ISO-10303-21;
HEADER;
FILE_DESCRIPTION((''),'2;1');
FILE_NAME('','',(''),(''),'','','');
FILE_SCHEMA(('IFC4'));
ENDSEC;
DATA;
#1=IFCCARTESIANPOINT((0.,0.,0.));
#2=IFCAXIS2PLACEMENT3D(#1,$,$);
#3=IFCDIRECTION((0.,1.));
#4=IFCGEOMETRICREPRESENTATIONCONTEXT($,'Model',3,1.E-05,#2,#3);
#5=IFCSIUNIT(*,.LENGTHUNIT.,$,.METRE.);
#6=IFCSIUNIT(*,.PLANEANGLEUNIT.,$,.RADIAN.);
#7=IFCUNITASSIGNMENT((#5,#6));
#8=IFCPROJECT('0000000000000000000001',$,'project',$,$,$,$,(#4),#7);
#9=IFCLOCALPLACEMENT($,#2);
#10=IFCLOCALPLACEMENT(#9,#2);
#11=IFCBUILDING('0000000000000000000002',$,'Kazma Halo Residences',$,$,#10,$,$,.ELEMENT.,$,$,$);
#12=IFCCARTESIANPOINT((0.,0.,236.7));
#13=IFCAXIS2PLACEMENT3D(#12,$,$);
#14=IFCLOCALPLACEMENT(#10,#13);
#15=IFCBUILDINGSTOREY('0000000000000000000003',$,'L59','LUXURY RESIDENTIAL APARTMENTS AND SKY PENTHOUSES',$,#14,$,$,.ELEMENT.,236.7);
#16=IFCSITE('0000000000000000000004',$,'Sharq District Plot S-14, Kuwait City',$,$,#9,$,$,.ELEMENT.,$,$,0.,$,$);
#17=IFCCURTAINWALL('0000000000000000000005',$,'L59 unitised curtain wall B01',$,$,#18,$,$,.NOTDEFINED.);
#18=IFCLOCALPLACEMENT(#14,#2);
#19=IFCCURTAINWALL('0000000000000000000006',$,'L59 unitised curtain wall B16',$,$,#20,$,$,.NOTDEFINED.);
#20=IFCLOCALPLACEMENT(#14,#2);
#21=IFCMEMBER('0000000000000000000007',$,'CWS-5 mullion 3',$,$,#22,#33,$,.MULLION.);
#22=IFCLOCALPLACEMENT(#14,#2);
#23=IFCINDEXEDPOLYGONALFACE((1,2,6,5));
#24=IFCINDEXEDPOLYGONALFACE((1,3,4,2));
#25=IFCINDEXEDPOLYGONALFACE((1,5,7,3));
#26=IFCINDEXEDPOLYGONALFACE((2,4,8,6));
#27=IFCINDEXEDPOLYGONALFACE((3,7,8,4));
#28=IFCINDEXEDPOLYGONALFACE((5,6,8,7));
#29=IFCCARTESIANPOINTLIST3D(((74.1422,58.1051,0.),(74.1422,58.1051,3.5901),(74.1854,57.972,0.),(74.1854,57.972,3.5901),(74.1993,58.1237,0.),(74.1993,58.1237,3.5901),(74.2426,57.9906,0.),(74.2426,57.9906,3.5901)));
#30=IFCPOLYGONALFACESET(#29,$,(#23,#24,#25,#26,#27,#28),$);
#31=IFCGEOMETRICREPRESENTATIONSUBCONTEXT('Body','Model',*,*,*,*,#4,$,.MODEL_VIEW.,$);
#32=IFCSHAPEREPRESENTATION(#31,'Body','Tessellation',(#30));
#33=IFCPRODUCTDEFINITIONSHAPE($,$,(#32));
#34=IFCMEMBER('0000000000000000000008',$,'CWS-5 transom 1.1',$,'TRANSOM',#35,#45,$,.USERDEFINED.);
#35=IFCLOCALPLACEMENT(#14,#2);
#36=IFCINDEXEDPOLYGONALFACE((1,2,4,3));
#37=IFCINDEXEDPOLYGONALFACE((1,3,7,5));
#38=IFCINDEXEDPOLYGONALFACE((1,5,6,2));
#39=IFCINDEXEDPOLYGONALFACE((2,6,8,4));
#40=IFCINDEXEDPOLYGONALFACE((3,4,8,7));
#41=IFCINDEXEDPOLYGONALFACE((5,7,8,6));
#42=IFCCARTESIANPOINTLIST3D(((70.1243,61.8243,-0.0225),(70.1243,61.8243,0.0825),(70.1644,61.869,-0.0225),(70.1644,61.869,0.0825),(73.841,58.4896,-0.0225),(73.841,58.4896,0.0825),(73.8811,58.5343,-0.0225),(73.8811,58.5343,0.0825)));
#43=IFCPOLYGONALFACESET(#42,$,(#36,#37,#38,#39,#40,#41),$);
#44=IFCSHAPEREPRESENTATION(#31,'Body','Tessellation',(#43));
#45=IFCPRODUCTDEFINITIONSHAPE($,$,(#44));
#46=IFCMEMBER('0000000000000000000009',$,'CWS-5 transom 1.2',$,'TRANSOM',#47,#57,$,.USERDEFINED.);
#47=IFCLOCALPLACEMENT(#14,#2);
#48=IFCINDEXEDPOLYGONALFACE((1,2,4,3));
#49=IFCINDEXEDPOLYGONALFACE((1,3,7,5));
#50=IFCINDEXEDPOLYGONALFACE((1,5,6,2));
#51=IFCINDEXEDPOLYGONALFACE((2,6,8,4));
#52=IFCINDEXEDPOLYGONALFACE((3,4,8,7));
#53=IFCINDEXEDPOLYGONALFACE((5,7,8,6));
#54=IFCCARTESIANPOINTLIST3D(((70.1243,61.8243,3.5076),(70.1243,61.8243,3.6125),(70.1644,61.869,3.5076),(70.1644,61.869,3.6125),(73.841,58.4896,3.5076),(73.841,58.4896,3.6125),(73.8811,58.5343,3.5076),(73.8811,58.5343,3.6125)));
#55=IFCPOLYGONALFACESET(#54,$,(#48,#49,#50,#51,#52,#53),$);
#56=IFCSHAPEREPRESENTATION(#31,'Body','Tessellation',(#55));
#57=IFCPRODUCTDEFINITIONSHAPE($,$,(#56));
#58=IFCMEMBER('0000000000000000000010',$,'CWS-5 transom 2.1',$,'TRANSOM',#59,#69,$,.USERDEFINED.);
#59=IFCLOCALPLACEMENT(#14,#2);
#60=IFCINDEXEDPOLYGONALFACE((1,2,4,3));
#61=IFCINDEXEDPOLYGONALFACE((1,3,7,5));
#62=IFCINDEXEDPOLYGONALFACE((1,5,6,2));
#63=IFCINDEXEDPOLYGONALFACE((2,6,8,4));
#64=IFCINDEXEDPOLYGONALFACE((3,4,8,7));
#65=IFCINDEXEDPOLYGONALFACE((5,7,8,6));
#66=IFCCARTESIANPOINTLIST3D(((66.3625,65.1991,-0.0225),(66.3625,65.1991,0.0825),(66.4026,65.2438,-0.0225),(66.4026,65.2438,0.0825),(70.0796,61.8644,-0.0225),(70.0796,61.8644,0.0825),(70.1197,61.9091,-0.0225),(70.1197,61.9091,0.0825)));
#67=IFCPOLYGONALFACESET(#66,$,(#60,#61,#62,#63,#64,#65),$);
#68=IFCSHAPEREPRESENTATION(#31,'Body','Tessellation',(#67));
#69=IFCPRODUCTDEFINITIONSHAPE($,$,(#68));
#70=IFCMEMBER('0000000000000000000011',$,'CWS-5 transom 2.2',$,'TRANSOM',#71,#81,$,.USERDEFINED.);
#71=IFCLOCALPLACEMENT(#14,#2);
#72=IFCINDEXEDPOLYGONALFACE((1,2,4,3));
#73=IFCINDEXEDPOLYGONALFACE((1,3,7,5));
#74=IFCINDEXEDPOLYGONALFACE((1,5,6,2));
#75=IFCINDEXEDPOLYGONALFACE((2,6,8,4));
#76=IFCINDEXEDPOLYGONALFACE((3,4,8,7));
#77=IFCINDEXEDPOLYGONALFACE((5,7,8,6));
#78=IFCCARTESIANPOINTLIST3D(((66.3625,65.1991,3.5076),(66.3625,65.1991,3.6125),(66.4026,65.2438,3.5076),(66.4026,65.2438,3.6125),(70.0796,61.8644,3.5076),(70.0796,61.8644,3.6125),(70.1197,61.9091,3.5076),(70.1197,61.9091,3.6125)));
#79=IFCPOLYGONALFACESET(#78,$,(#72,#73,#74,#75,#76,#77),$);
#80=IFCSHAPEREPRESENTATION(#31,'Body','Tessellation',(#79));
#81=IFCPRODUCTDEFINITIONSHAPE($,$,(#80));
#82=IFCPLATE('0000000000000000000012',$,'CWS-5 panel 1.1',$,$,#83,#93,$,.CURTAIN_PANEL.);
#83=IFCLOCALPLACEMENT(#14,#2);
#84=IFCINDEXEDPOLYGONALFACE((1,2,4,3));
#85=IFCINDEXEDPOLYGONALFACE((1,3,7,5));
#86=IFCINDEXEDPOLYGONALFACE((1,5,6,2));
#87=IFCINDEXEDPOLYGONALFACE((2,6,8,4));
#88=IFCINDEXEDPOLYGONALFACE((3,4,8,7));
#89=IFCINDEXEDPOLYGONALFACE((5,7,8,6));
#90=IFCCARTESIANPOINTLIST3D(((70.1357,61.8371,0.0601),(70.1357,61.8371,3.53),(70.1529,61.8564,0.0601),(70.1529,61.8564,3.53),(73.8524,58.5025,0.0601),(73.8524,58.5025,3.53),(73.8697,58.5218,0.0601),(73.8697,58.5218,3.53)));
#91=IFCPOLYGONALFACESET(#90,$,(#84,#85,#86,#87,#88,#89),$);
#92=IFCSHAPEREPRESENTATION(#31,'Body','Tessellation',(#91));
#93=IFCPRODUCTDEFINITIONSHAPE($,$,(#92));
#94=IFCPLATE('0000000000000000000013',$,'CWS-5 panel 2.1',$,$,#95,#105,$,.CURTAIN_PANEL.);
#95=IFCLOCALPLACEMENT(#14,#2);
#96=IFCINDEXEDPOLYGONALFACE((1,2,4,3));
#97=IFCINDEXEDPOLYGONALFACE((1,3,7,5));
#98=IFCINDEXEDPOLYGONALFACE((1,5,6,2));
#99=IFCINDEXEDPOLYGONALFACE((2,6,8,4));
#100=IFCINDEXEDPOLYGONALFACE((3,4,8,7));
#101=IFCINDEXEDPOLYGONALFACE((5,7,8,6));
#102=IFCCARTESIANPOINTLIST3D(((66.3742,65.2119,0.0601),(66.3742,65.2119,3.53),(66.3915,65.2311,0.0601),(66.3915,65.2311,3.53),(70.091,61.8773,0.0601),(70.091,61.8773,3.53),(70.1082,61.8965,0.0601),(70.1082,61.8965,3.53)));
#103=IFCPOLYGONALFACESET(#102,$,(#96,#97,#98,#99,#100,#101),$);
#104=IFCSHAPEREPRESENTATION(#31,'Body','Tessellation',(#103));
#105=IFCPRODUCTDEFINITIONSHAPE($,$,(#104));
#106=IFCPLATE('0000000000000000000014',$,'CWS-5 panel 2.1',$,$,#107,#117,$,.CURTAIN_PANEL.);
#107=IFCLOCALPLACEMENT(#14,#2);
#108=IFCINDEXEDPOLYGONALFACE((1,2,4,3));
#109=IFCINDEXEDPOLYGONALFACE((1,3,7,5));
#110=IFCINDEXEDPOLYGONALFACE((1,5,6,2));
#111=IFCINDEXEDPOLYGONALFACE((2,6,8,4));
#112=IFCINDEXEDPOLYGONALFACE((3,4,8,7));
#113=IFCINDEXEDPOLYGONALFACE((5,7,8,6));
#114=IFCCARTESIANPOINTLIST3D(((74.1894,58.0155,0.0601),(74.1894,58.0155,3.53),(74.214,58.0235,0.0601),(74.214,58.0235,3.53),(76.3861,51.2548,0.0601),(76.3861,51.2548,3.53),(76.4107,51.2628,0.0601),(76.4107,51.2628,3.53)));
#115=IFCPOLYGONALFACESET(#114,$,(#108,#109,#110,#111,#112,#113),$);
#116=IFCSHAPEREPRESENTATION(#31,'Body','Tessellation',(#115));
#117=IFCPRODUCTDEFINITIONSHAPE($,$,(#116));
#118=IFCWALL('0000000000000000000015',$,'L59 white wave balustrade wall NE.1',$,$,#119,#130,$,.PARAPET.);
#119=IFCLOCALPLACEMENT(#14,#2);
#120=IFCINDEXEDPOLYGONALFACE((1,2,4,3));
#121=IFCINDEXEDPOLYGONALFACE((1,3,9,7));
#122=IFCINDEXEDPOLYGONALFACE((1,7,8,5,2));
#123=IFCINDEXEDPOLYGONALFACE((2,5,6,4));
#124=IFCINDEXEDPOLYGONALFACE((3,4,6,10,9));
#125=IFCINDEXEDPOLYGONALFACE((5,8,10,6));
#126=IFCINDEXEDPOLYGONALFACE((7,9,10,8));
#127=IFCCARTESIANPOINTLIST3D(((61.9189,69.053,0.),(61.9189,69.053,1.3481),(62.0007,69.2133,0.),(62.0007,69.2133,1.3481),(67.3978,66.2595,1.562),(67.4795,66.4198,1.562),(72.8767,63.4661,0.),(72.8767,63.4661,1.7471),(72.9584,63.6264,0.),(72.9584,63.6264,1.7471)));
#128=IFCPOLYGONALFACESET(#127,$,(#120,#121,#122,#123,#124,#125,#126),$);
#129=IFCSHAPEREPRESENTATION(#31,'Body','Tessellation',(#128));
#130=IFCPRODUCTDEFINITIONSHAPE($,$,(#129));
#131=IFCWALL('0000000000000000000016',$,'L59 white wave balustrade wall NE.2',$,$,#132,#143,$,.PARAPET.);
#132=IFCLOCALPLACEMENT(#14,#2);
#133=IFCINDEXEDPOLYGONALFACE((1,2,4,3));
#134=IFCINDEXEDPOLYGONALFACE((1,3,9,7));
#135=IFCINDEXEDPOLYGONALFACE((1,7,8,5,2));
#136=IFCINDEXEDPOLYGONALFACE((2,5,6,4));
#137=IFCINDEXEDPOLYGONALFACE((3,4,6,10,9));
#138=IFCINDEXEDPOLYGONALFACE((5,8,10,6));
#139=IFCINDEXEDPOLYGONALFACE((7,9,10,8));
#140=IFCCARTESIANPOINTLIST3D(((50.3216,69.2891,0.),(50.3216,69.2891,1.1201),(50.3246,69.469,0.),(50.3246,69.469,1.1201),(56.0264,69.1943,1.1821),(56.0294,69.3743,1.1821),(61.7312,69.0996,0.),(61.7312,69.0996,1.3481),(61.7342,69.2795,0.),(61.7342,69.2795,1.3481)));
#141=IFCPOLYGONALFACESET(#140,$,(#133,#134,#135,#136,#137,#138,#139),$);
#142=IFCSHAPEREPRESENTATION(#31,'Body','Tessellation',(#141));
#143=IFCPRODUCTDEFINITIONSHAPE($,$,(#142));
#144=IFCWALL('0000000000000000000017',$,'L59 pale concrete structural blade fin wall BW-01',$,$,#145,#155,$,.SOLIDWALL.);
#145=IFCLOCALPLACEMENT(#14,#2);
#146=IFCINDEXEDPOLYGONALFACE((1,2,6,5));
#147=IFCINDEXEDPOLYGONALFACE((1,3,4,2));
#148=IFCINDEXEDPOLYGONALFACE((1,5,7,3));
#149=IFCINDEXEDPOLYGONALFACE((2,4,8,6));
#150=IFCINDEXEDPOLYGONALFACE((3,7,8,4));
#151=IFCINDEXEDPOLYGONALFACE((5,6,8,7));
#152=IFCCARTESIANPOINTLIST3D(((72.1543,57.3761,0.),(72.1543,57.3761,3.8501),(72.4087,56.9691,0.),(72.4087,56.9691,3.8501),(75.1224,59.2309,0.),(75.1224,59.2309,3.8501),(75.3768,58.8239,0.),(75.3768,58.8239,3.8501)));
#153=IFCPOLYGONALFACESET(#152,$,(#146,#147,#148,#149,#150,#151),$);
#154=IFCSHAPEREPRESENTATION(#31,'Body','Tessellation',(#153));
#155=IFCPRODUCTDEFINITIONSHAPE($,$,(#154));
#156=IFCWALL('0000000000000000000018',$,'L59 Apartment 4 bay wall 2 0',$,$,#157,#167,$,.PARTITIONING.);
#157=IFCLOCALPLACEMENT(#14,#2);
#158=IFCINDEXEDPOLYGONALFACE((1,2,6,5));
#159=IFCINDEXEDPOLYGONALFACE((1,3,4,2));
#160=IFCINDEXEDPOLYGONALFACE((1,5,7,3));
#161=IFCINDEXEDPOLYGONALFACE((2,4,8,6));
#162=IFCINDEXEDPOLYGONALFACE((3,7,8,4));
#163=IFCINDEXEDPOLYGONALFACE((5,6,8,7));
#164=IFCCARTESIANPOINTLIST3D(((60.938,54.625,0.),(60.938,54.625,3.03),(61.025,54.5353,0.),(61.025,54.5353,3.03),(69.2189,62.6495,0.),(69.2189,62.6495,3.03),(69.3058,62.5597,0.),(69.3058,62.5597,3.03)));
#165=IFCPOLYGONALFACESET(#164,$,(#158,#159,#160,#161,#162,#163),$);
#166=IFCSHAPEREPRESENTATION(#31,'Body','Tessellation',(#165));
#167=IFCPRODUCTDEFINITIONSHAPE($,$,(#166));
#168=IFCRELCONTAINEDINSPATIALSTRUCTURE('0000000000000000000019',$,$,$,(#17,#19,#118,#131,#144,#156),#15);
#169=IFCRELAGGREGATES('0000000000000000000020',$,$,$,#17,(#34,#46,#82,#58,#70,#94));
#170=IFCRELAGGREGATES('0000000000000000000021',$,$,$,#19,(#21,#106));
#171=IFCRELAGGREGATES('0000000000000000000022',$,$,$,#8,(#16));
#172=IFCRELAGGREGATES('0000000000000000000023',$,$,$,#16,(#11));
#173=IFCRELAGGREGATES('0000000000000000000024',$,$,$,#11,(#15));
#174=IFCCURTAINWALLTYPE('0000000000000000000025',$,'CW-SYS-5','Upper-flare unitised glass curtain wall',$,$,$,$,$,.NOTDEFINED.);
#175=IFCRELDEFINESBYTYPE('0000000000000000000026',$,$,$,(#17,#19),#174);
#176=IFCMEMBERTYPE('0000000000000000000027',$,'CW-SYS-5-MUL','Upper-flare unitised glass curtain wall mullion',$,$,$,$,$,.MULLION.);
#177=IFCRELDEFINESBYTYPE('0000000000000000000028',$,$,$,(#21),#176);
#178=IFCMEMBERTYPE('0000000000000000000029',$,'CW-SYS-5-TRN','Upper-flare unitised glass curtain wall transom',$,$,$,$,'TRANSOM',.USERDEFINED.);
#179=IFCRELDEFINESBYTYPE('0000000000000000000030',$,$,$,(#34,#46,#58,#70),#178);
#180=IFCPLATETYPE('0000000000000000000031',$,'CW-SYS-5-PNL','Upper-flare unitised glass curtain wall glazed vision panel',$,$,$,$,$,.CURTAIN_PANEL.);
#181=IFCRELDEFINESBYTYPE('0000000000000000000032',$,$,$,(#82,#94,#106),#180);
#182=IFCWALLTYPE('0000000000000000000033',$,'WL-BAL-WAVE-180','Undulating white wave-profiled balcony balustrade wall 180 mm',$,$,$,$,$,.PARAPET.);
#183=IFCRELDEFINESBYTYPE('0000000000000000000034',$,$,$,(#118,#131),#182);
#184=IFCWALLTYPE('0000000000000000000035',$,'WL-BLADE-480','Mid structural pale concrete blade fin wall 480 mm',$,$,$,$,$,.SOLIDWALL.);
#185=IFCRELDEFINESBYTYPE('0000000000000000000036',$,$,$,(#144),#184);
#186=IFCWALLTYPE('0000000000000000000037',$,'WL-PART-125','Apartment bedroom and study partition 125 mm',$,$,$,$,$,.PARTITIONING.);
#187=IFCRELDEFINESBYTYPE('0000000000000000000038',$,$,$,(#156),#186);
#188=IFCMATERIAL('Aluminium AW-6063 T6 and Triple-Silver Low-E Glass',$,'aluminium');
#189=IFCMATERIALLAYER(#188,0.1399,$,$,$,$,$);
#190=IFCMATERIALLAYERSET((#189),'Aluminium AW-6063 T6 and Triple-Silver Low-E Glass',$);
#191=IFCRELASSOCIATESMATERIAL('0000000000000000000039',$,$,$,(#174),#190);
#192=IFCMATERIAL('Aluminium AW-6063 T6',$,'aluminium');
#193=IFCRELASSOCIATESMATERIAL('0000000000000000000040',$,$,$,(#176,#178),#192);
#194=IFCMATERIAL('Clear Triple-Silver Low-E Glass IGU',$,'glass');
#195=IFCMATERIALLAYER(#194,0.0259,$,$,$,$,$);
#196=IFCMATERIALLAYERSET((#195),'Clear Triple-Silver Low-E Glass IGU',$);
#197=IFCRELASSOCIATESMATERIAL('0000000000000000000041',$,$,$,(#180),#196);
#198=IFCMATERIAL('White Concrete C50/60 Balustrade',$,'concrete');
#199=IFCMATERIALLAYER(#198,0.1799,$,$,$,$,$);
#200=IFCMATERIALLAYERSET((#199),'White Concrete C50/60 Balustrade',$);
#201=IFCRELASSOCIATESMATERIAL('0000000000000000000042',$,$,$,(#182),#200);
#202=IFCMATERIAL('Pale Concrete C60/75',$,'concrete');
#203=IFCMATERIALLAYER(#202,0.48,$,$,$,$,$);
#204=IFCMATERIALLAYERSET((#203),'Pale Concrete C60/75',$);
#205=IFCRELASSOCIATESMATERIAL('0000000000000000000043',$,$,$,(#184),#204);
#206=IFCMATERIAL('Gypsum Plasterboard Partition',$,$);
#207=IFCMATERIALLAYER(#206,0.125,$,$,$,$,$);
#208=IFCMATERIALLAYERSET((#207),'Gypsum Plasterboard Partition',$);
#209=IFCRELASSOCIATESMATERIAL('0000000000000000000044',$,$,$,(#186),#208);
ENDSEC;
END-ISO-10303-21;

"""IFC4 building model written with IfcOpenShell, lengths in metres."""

from ifc_helpers import new_model, si_unit, direction, frame, frame_2d, origin, origin_2d, place, context, subcontext, project, spatial, polyline, rectangle, outline, extrude, material, layer, layer_set, material_profile, profile_set, type_object, element, aggregate, save


model = new_model("IFC4")

# Units and contexts
model_context = context("Model", 3, precision=1e-05, world=origin(), true_north=direction((0.0, 1.0)))
body_context = subcontext(model_context, "Body", "Model", "MODEL_VIEW")
ifc_project = project(units=[si_unit("LENGTHUNIT", "METRE"), si_unit("PLANEANGLEUNIT", "RADIAN")], contexts=[model_context])

# Site, building, storey
site_placement = place(None, origin())
site = spatial("IfcSite", under=ifc_project, at=site_placement, Name="Sharq District Plot S-14, Kuwait City", CompositionType="ELEMENT", RefElevation=0.0)
building_placement = place(site_placement, origin())
building = spatial("IfcBuilding", under=site, at=building_placement, Name="Kazma Halo Residences", CompositionType="ELEMENT")
storey_placement = place(building_placement, frame((0.0, 0.0, 236.7)))
storey = spatial("IfcBuildingStorey", under=building, at=storey_placement, Name="L59", Description="LUXURY RESIDENTIAL APARTMENTS AND SKY PENTHOUSES", CompositionType="ELEMENT", Elevation=236.7)

# Curtain wall
ifc_material_1 = material(Name="Aluminium AW-6063 T6 and Triple-Silver Low-E Glass", Category="aluminium")
ifc_layer_1 = layer(ifc_material_1, 0.1399)
ifc_layer_set_1 = layer_set([ifc_layer_1], Name="Aluminium AW-6063 T6 and Triple-Silver Low-E Glass")
curtain_wall_type = type_object("IfcCurtainWallType", Name="CW-SYS-5", Description="Upper-flare unitised glass curtain wall", PredefinedType="NOTDEFINED", material=ifc_layer_set_1)
curtain_wall_1_placement = place(storey_placement, origin())
curtain_wall_1 = element("IfcCurtainWall", 1, at=curtain_wall_1_placement, inside=storey, type_object=curtain_wall_type, Name="L59 unitised curtain wall B01", PredefinedType="NOTDEFINED")
ifc_material_2 = material(Name="Aluminium AW-6063 T6", Category="aluminium")
ifc_material_profile_1 = material_profile(ifc_material_2, rectangle(XDim=0.0601, YDim=0.1399, at=origin_2d()), Name="CWM-60x140")
ifc_profile_set_1 = profile_set([ifc_material_profile_1], Name="Aluminium AW-6063 T6")
member_type_1 = type_object("IfcMemberType", Name="CW-SYS-5-MUL", Description="Upper-flare unitised glass curtain wall mullion", PredefinedType="MULLION", material=ifc_profile_set_1)

# Curtain wall, member
curtain_wall_2_placement = place(storey_placement, origin())
curtain_wall_2 = element("IfcCurtainWall", 2, at=curtain_wall_2_placement, inside=storey, type_object=curtain_wall_type, Name="L59 unitised curtain wall B16", PredefinedType="NOTDEFINED")
member_1_placement = place(storey_placement, frame((74.1924, 58.0479, 0.0), z_axis=(0.0, 0.0, 1.0), x_axis=(-0.951058, -0.309011, 0.0)))
member_1 = element("IfcMember", 3, at=member_1_placement, type_object=member_type_1, Name="CWS-5 mullion 3", PredefinedType="MULLION", context=body_context, shape_type="SweptSolid", body=[
    extrude(rectangle(XDim=0.0601, YDim=0.1399, at=origin_2d()), origin(), (0.0, 0.0, 1.0), 3.5901),
])

# Members
ifc_material_profile_2 = material_profile(ifc_material_2, rectangle(XDim=0.0601, YDim=0.105, at=origin_2d()), Name="CWT-60x105")
ifc_profile_set_2 = profile_set([ifc_material_profile_2], Name="Aluminium AW-6063 T6")
member_type_2 = type_object("IfcMemberType", Name="CW-SYS-5-TRN", Description="Upper-flare unitised glass curtain wall transom", ElementType="TRANSOM", PredefinedType="USERDEFINED", material=ifc_profile_set_2)
member_2_placement = place(storey_placement, frame((73.8611, 58.512, 0.03), z_axis=(-0.744329, 0.667813, 0.0), x_axis=(-0.667813, -0.744329, 0.0)))
member_2 = element("IfcMember", 4, at=member_2_placement, type_object=member_type_2, Name="CWS-5 transom 1.1", ObjectType="TRANSOM", PredefinedType="USERDEFINED", context=body_context, shape_type="SweptSolid", body=[
    extrude(rectangle(XDim=0.0601, YDim=0.105, at=origin_2d()), origin(), (0.0, 0.0, 1.0), 4.9934),
])
member_3_placement = place(storey_placement, frame((73.8611, 58.512, 3.5601), z_axis=(-0.744329, 0.667813, 0.0), x_axis=(-0.667813, -0.744329, 0.0)))
member_3 = element("IfcMember", 5, at=member_3_placement, type_object=member_type_2, Name="CWS-5 transom 1.2", ObjectType="TRANSOM", PredefinedType="USERDEFINED", context=body_context, shape_type="SweptSolid", body=[
    extrude(rectangle(XDim=0.0601, YDim=0.105, at=origin_2d()), origin(), (0.0, 0.0, 1.0), 4.9934),
])
member_4_placement = place(storey_placement, frame((70.0996, 61.8867, 0.03), z_axis=(-0.744351, 0.667789, 0.0), x_axis=(-0.667789, -0.744351, 0.0)))
member_4 = element("IfcMember", 6, at=member_4_placement, type_object=member_type_2, Name="CWS-5 transom 2.1", ObjectType="TRANSOM", PredefinedType="USERDEFINED", context=body_context, shape_type="SweptSolid", body=[
    extrude(rectangle(XDim=0.0601, YDim=0.105, at=origin_2d()), origin(), (0.0, 0.0, 1.0), 4.9937),
])
member_5_placement = place(storey_placement, frame((70.0996, 61.8867, 3.5601), z_axis=(-0.744351, 0.667789, 0.0), x_axis=(-0.667789, -0.744351, 0.0)))
member_5 = element("IfcMember", 7, at=member_5_placement, type_object=member_type_2, Name="CWS-5 transom 2.2", ObjectType="TRANSOM", PredefinedType="USERDEFINED", context=body_context, shape_type="SweptSolid", body=[
    extrude(rectangle(XDim=0.0601, YDim=0.105, at=origin_2d()), origin(), (0.0, 0.0, 1.0), 4.9937),
])

# Plates
ifc_material_3 = material(Name="Clear Triple-Silver Low-E Glass IGU", Category="glass")
ifc_layer_2 = layer(ifc_material_3, 0.0259)
ifc_layer_set_2 = layer_set([ifc_layer_2], Name="Clear Triple-Silver Low-E Glass IGU")
plate_type = type_object("IfcPlateType", Name="CW-SYS-5-PNL", Description="Upper-flare unitised glass curtain wall glazed vision panel", PredefinedType="CURTAIN_PANEL", material=ifc_layer_set_2)
plate_1_placement = place(storey_placement, frame((72.0027, 60.1794, 0.0601), z_axis=(0.0, 0.0, 1.0), x_axis=(-0.744336, 0.667805, 0.0)))
plate_1 = element("IfcPlate", 8, at=plate_1_placement, type_object=plate_type, Name="CWS-5 panel 1.1", PredefinedType="CURTAIN_PANEL", context=body_context, shape_type="SweptSolid", body=[
    extrude(rectangle(XDim=4.9934, YDim=0.0259, at=origin_2d()), origin(), (0.0, 0.0, 1.0), 3.47),
])
plate_2_placement = place(storey_placement, frame((68.2412, 63.5542, 0.0601), z_axis=(0.0, 0.0, 1.0), x_axis=(-0.744336, 0.667805, 0.0)))
plate_2 = element("IfcPlate", 9, at=plate_2_placement, type_object=plate_type, Name="CWS-5 panel 2.1", PredefinedType="CURTAIN_PANEL", context=body_context, shape_type="SweptSolid", body=[
    extrude(rectangle(XDim=4.9934, YDim=0.0259, at=origin_2d()), origin(), (0.0, 0.0, 1.0), 3.47),
])
aggregate(curtain_wall_1, [member_2, member_3, plate_1, member_4, member_5, plate_2])
plate_3_placement = place(storey_placement, frame((75.3, 54.6392, 0.0601), z_axis=(0.0, 0.0, 1.0), x_axis=(-0.309011, 0.951058, 0.0)))
plate_3 = element("IfcPlate", 10, at=plate_3_placement, type_object=plate_type, Name="CWS-5 panel 2.1", PredefinedType="CURTAIN_PANEL", context=body_context, shape_type="SweptSolid", body=[
    extrude(rectangle(XDim=7.1086, YDim=0.0259, at=origin_2d()), origin(), (0.0, 0.0, 1.0), 3.47),
])
aggregate(curtain_wall_2, [member_1, plate_3])

# Walls
ifc_material_4 = material(Name="White Concrete C50/60 Balustrade", Category="concrete")
ifc_layer_3 = layer(ifc_material_4, 0.1799)
ifc_layer_set_3 = layer_set([ifc_layer_3], Name="White Concrete C50/60 Balustrade")
wall_type_1 = type_object("IfcWallType", Name="WL-BAL-WAVE-180", Description="Undulating white wave-profiled balcony balustrade wall 180 mm", PredefinedType="PARAPET", material=ifc_layer_set_3)
wall_1_placement = place(storey_placement, frame((72.9175, 63.5461, 0.0), z_axis=(0.0, 0.0, 1.0), x_axis=(-0.890886, 0.454226, 0.0)))
element("IfcWall", 11, at=wall_1_placement, inside=storey, type_object=wall_type_1, Name="L59 white wave balustrade wall NE.1", PredefinedType="PARAPET", context=body_context, shape_type="SweptSolid", body=[
    extrude(outline(polyline([(0.0, 0.0), (12.2998, 0.0), (12.2998, 1.3481), (6.1499, 1.562), (0.0, 1.7471), (0.0, 0.0)])), frame((0.0, 0.0898, 0.0), z_axis=(0.0, -1.0, 0.0), x_axis=(1.0, 0.0, 0.0)), (0.0, 0.0, 1.0), 0.1799),
])
wall_2_placement = place(storey_placement, frame((61.7327, 69.1895, 0.0), z_axis=(0.0, 0.0, 1.0), x_axis=(-0.999862, 0.016602, 0.0)))
element("IfcWall", 12, at=wall_2_placement, inside=storey, type_object=wall_type_1, Name="L59 white wave balustrade wall NE.2", PredefinedType="PARAPET", context=body_context, shape_type="SweptSolid", body=[
    extrude(outline(polyline([(0.0, 0.0), (11.4111, 0.0), (11.4111, 1.1201), (5.7056, 1.1821), (0.0, 1.3481), (0.0, 0.0)])), frame((0.0, 0.0898, 0.0), z_axis=(0.0, -1.0, 0.0), x_axis=(1.0, 0.0, 0.0)), (0.0, 0.0, 1.0), 0.1799),
])
ifc_material_5 = material(Name="Pale Concrete C60/75", Category="concrete")
ifc_layer_4 = layer(ifc_material_5, 0.48)
ifc_layer_set_4 = layer_set([ifc_layer_4], Name="Pale Concrete C60/75")
wall_type_2 = type_object("IfcWallType", Name="WL-BLADE-480", Description="Mid structural pale concrete blade fin wall 480 mm", PredefinedType="SOLIDWALL", material=ifc_layer_set_4)
wall_3_placement = place(storey_placement, frame((72.2815, 57.1726, 0.0), z_axis=(0.0, 0.0, 1.0), x_axis=(0.848034, 0.529943, 0.0)))
element("IfcWall", 13, at=wall_3_placement, inside=storey, type_object=wall_type_2, Name="L59 pale concrete structural blade fin wall BW-01", PredefinedType="SOLIDWALL", context=body_context, shape_type="SweptSolid", body=[
    extrude(rectangle(XDim=3.5, YDim=0.48, at=frame_2d((1.75, 0.0))), origin(), (0.0, 0.0, 1.0), 3.8501),
])

# Wall
ifc_material_6 = material(Name="Gypsum Plasterboard Partition")
ifc_layer_5 = layer(ifc_material_6, 0.125)
ifc_layer_set_5 = layer_set([ifc_layer_5], Name="Gypsum Plasterboard Partition")
wall_type_3 = type_object("IfcWallType", Name="WL-PART-125", Description="Apartment bedroom and study partition 125 mm", PredefinedType="PARTITIONING", material=ifc_layer_set_5)
wall_4_placement = place(storey_placement, frame((60.9814, 54.5801, 0.0), z_axis=(0.0, 0.0, 1.0), x_axis=(0.718135, 0.695904, 0.0)))
element("IfcWall", 14, at=wall_4_placement, inside=storey, type_object=wall_type_3, Name="L59 Apartment 4 bay wall 2 0", PredefinedType="PARTITIONING", context=body_context, shape_type="SweptSolid", body=[
    extrude(rectangle(XDim=11.531, YDim=0.125, at=frame_2d((5.7656, 0.0))), origin(), (0.0, 0.0, 1.0), 3.03),
])

save(model, "model.ifc")
